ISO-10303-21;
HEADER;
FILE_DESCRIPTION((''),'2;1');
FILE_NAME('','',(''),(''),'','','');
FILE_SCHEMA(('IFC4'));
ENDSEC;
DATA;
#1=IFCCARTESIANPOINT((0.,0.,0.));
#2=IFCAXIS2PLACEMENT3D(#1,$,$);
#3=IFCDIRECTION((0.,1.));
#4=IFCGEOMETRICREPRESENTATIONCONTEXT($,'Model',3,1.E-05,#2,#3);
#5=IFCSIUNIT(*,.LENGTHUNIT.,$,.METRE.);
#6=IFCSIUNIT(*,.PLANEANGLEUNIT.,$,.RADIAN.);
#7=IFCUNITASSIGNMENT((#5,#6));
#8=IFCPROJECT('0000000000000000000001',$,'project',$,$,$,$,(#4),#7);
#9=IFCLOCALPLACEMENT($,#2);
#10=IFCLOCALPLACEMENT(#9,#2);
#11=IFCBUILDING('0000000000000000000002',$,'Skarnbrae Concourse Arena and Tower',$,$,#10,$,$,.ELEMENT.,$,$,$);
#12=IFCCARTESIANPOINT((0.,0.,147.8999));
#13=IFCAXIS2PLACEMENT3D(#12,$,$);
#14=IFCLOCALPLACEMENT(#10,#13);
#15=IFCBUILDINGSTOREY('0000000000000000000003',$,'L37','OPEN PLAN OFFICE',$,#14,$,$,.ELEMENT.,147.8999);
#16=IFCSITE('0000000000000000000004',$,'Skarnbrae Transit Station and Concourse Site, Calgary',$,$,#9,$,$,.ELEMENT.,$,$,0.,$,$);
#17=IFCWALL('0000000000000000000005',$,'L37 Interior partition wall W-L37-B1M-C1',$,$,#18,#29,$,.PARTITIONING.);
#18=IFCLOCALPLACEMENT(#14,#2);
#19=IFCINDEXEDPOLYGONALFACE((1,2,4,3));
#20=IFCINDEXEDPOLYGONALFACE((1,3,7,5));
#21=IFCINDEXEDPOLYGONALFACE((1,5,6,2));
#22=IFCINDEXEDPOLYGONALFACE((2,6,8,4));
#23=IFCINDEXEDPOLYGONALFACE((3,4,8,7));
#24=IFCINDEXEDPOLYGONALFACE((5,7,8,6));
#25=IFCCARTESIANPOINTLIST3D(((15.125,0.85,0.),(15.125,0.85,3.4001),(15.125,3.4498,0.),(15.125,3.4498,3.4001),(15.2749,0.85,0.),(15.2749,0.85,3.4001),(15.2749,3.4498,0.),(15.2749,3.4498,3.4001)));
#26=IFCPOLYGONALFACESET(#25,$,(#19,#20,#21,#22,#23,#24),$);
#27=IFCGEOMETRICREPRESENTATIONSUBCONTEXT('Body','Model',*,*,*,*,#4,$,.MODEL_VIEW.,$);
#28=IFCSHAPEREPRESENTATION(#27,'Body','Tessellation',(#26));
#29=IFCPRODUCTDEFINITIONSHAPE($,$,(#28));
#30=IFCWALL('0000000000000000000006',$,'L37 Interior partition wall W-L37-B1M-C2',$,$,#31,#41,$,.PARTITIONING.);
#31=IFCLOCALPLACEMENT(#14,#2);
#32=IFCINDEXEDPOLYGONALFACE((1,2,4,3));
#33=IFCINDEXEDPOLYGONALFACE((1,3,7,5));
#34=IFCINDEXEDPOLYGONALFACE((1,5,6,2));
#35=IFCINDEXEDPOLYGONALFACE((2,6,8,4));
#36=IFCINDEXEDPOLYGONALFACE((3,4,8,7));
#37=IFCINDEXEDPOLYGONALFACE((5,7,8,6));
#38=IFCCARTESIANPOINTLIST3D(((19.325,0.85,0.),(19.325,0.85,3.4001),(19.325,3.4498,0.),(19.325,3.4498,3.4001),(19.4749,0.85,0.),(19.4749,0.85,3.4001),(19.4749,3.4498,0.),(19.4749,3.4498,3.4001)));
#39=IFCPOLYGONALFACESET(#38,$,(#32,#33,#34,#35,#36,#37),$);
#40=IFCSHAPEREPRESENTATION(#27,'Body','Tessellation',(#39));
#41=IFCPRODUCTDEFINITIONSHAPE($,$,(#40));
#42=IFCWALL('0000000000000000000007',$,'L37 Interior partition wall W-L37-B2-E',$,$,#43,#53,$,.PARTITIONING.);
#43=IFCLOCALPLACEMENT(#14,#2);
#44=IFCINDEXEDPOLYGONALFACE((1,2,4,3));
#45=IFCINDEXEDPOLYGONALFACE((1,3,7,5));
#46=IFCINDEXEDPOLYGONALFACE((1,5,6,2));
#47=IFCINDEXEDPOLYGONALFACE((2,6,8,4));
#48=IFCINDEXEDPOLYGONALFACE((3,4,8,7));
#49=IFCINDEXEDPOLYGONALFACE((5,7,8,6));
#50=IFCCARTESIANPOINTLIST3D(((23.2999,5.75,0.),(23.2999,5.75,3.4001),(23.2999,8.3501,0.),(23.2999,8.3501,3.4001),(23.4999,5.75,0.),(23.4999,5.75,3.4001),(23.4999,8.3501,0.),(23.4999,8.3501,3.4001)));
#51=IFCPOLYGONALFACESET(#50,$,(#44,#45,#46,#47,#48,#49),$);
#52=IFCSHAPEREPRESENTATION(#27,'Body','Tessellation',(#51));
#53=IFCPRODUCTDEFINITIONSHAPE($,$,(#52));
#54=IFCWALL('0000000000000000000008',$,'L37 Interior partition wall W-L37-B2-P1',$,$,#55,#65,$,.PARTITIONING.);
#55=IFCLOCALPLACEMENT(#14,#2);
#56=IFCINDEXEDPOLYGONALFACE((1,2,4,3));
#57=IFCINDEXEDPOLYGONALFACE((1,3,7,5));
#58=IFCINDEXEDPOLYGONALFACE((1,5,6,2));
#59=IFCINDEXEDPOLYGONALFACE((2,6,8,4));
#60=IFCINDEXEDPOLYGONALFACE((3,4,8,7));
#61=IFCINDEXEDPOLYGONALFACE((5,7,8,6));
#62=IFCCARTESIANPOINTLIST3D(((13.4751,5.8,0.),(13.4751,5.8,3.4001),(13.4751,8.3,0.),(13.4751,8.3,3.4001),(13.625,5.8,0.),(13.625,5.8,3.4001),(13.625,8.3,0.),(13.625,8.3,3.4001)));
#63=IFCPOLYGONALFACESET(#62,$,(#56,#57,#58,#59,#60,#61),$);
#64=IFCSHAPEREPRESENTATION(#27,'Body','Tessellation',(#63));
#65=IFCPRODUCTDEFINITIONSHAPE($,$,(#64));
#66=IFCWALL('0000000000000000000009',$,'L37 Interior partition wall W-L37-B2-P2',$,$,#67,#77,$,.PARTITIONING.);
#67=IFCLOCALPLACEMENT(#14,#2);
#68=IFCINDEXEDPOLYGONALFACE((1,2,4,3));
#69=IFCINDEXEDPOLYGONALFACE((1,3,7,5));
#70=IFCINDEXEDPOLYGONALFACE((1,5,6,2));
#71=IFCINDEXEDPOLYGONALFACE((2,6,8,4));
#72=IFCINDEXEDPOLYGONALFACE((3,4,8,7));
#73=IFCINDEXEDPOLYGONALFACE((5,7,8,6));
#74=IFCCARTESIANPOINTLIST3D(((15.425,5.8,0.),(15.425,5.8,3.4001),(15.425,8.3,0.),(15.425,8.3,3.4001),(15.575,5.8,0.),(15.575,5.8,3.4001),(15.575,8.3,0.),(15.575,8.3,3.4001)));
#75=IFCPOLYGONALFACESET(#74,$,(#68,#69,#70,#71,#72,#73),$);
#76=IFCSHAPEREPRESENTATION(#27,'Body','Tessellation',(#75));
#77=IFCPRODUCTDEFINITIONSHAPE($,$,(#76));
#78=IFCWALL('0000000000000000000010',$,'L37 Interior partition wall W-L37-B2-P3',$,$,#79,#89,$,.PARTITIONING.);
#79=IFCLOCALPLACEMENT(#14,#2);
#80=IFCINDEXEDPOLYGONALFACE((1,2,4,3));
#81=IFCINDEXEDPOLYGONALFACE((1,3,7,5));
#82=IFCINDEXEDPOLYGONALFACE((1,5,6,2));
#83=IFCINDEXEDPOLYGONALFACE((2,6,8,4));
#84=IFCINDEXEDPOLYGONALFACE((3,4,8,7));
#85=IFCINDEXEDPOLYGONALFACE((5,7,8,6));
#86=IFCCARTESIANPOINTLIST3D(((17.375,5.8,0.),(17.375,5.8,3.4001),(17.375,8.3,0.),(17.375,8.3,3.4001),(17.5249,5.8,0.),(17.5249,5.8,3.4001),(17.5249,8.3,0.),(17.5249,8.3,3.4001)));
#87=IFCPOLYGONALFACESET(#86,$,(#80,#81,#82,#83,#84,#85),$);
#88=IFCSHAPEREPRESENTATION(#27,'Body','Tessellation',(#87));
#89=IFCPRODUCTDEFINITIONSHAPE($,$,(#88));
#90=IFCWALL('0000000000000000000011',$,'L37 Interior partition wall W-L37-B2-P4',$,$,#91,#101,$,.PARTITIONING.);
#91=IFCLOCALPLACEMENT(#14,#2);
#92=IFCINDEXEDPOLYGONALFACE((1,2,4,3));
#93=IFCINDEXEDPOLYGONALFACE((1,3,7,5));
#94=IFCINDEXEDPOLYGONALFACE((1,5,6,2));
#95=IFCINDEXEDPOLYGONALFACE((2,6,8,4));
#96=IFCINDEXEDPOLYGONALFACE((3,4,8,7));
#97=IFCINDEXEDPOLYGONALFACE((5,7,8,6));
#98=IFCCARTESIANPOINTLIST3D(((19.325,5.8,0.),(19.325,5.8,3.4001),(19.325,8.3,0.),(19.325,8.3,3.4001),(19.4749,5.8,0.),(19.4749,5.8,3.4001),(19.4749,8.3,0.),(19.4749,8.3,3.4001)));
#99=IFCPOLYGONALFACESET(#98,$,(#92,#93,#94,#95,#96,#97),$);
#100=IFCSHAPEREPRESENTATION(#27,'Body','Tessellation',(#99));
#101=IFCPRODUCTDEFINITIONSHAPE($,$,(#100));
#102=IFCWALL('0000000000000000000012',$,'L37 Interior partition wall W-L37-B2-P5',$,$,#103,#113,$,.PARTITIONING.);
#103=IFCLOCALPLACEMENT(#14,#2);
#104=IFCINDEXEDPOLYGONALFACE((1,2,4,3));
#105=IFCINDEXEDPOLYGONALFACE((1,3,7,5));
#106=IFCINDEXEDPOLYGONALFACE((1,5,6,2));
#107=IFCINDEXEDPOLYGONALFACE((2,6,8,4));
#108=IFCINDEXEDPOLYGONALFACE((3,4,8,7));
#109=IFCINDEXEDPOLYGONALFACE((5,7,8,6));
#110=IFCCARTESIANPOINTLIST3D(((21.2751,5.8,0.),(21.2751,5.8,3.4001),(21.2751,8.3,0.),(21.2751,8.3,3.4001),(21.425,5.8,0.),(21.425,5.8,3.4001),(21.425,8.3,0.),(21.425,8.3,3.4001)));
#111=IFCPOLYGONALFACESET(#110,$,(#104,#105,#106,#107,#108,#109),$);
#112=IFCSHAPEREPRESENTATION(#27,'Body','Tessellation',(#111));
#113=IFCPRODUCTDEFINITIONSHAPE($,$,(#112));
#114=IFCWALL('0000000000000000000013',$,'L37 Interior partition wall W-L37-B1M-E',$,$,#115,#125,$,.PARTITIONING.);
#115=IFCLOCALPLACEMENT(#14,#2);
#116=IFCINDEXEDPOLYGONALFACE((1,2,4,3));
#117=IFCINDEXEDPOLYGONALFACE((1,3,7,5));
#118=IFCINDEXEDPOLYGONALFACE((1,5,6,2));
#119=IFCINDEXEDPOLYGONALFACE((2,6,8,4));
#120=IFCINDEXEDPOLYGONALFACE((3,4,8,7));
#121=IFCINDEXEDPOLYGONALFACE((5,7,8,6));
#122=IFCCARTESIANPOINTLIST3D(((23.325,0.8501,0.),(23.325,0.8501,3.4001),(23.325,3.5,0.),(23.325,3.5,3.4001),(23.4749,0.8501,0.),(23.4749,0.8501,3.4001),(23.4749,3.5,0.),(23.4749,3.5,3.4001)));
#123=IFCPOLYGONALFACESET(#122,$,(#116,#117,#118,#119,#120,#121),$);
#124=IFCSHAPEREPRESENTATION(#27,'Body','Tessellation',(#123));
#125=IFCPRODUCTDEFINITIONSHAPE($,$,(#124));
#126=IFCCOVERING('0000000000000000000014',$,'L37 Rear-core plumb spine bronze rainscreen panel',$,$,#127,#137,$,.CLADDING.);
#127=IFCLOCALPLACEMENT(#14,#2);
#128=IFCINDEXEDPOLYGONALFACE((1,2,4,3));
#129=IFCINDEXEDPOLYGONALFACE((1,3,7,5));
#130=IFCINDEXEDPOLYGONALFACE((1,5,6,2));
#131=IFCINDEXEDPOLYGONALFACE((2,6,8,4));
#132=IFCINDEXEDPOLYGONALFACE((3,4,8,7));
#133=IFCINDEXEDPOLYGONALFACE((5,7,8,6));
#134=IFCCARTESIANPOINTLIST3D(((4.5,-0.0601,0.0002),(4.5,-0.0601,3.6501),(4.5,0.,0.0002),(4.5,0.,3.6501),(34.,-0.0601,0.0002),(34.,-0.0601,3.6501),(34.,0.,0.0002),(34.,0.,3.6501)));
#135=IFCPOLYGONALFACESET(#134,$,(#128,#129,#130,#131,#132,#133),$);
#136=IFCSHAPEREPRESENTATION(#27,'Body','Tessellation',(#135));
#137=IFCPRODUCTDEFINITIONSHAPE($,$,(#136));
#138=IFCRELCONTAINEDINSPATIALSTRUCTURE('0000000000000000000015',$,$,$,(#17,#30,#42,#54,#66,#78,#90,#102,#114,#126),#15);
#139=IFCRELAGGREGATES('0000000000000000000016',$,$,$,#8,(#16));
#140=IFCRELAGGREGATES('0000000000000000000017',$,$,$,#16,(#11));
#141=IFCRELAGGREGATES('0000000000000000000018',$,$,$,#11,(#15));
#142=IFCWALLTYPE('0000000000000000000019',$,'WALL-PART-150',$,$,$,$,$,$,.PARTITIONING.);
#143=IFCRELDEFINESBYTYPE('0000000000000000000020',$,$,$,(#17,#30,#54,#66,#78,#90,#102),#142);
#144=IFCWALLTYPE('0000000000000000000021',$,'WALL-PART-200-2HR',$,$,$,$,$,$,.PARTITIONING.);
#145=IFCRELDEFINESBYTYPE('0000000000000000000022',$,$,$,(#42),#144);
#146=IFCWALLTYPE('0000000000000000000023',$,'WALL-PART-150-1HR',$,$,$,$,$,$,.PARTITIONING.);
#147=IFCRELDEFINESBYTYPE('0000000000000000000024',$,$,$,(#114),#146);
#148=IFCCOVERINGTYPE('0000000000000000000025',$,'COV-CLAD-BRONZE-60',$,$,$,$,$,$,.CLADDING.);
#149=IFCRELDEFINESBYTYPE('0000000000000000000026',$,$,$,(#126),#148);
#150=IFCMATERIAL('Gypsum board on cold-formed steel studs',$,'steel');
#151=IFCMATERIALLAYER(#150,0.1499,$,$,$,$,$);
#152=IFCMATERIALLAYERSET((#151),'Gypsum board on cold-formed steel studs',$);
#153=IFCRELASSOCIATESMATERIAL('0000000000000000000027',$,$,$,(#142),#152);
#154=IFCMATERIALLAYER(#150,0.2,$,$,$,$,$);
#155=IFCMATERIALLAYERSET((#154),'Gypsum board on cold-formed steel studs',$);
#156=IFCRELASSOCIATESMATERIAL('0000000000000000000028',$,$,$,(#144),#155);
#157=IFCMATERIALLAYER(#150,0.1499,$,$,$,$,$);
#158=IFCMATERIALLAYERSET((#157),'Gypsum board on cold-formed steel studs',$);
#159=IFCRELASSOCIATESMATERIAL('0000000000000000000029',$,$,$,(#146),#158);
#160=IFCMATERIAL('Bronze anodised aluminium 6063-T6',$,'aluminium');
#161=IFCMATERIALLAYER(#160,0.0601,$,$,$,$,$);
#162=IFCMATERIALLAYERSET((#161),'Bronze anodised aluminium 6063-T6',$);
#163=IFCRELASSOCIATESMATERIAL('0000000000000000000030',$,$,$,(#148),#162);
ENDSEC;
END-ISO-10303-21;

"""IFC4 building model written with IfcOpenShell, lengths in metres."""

from ifc_helpers import new_model, si_unit, direction, frame, frame_2d, origin, origin_2d, place, context, subcontext, project, spatial, rectangle, extrude, source, transform, mapped, material, layer, layer_set, type_object, element, save


model = new_model("IFC4")

# Units and contexts
model_context = context("Model", 3, precision=1e-05, world=origin(), true_north=direction((0.0, 1.0)))
body_context = subcontext(model_context, "Body", "Model", "MODEL_VIEW")
ifc_project = project(units=[si_unit("LENGTHUNIT", "METRE"), si_unit("PLANEANGLEUNIT", "RADIAN")], contexts=[model_context])

# Site, building, storey
site_placement = place(None, origin())
site = spatial("IfcSite", under=ifc_project, at=site_placement, Name="Skarnbrae Transit Station and Concourse Site, Calgary", CompositionType="ELEMENT", RefElevation=0.0)
building_placement = place(site_placement, origin())
building = spatial("IfcBuilding", under=site, at=building_placement, Name="Skarnbrae Concourse Arena and Tower", CompositionType="ELEMENT")
storey_placement = place(building_placement, frame((0.0, 0.0, 147.8999)))
storey = spatial("IfcBuildingStorey", under=building, at=storey_placement, Name="L37", Description="OPEN PLAN OFFICE", CompositionType="ELEMENT", Elevation=147.8999)

# Walls
ifc_material_1 = material(Name="Gypsum board on cold-formed steel studs", Category="steel")
ifc_layer_1 = layer(ifc_material_1, 0.1499)
ifc_layer_set_1 = layer_set([ifc_layer_1], Name="Gypsum board on cold-formed steel studs")
wall_type_1 = type_object("IfcWallType", Name="WALL-PART-150", PredefinedType="PARTITIONING", material=ifc_layer_set_1)
shared_shape_1 = source(origin(), body_context, "Body", "SweptSolid", [
    extrude(rectangle(XDim=2.5999, YDim=0.1499, at=frame_2d((1.2998, 0.0))), origin(), (0.0, 0.0, 1.0), 3.4001),
])
for number, where, z_axis, x_axis, name in (
    (1, (15.2, 0.8501, 0.0), (0.0, 0.0, 1.0), (0.0, 1.0, 0.0), "L37 Interior partition wall W-L37-B1M-C1"),
    (2, (19.3999, 0.8501, 0.0), (0.0, 0.0, 1.0), (0.0, 1.0, 0.0), "L37 Interior partition wall W-L37-B1M-C2"),
):
    element("IfcWall", number, at=place(storey_placement, frame(where, z_axis=z_axis, x_axis=x_axis)), inside=storey, type_object=wall_type_1, Name=name, PredefinedType="PARTITIONING", context=body_context, shape_type="MappedRepresentation", body=[
        mapped(shared_shape_1, transform((0.0, 0.0, 0.0))),
    ])
ifc_layer_2 = layer(ifc_material_1, 0.2)
ifc_layer_set_2 = layer_set([ifc_layer_2], Name="Gypsum board on cold-formed steel studs")
wall_type_2 = type_object("IfcWallType", Name="WALL-PART-200-2HR", PredefinedType="PARTITIONING", material=ifc_layer_set_2)
shared_shape_2 = source(origin(), body_context, "Body", "SweptSolid", [
    extrude(rectangle(XDim=2.6001, YDim=0.2, at=frame_2d((1.3, 0.0))), origin(), (0.0, 0.0, 1.0), 3.4001),
])
wall_1_placement = place(storey_placement, frame((23.3999, 5.75, 0.0), z_axis=(0.0, 0.0, 1.0), x_axis=(0.0, 1.0, 0.0)))
element("IfcWall", 3, at=wall_1_placement, inside=storey, type_object=wall_type_2, Name="L37 Interior partition wall W-L37-B2-E", PredefinedType="PARTITIONING", context=body_context, shape_type="MappedRepresentation", body=[
    mapped(shared_shape_2, transform((0.0, 0.0, 0.0))),
])
shared_shape_3 = source(origin(), body_context, "Body", "SweptSolid", [
    extrude(rectangle(XDim=2.5, YDim=0.1499, at=frame_2d((1.25, 0.0))), origin(), (0.0, 0.0, 1.0), 3.4001),
])
for number, where, z_axis, x_axis, name in (
    (4, (13.55, 5.8, 0.0), (0.0, 0.0, 1.0), (0.0, 1.0, 0.0), "L37 Interior partition wall W-L37-B2-P1"),
    (5, (15.5, 5.8, 0.0), (0.0, 0.0, 1.0), (0.0, 1.0, 0.0), "L37 Interior partition wall W-L37-B2-P2"),
    (6, (17.45, 5.8, 0.0), (0.0, 0.0, 1.0), (0.0, 1.0, 0.0), "L37 Interior partition wall W-L37-B2-P3"),
    (7, (19.3999, 5.8, 0.0), (0.0, 0.0, 1.0), (0.0, 1.0, 0.0), "L37 Interior partition wall W-L37-B2-P4"),
    (8, (21.3501, 5.8, 0.0), (0.0, 0.0, 1.0), (0.0, 1.0, 0.0), "L37 Interior partition wall W-L37-B2-P5"),
):
    element("IfcWall", number, at=place(storey_placement, frame(where, z_axis=z_axis, x_axis=x_axis)), inside=storey, type_object=wall_type_1, Name=name, PredefinedType="PARTITIONING", context=body_context, shape_type="MappedRepresentation", body=[
        mapped(shared_shape_3, transform((0.0, 0.0, 0.0))),
    ])
ifc_layer_3 = layer(ifc_material_1, 0.1499)
ifc_layer_set_3 = layer_set([ifc_layer_3], Name="Gypsum board on cold-formed steel studs")
wall_type_3 = type_object("IfcWallType", Name="WALL-PART-150-1HR", PredefinedType="PARTITIONING", material=ifc_layer_set_3)
shared_shape_4 = source(origin(), body_context, "Body", "SweptSolid", [
    extrude(rectangle(XDim=2.6499, YDim=0.1499, at=frame_2d((1.325, 0.0))), origin(), (0.0, 0.0, 1.0), 3.4001),
])
wall_2_placement = place(storey_placement, frame((23.3999, 0.8501, 0.0), z_axis=(0.0, 0.0, 1.0), x_axis=(0.0, 1.0, 0.0)))
element("IfcWall", 9, at=wall_2_placement, inside=storey, type_object=wall_type_3, Name="L37 Interior partition wall W-L37-B1M-E", PredefinedType="PARTITIONING", context=body_context, shape_type="MappedRepresentation", body=[
    mapped(shared_shape_4, transform((0.0, 0.0, 0.0))),
])

# Covering
ifc_material_2 = material(Name="Bronze anodised aluminium 6063-T6", Category="aluminium")
ifc_layer_4 = layer(ifc_material_2, 0.0601)
ifc_layer_set_4 = layer_set([ifc_layer_4], Name="Bronze anodised aluminium 6063-T6")
covering_type = type_object("IfcCoveringType", Name="COV-CLAD-BRONZE-60", PredefinedType="CLADDING", material=ifc_layer_set_4)
shared_shape_5 = source(origin(), body_context, "Body", "SweptSolid", [
    extrude(rectangle(XDim=29.5, YDim=0.0601, at=origin_2d()), origin(), (0.0, 0.0, 1.0), 3.6499),
])
covering_placement = place(storey_placement, frame((19.25, -0.03, 0.0002), z_axis=(0.0, 0.0, 1.0), x_axis=(1.0, 0.0, 0.0)))
element("IfcCovering", 10, at=covering_placement, inside=storey, type_object=covering_type, Name="L37 Rear-core plumb spine bronze rainscreen panel", PredefinedType="CLADDING", context=body_context, shape_type="MappedRepresentation", body=[
    mapped(shared_shape_5, transform((0.0, 0.0, 0.0))),
])

save(model, "model.ifc")
